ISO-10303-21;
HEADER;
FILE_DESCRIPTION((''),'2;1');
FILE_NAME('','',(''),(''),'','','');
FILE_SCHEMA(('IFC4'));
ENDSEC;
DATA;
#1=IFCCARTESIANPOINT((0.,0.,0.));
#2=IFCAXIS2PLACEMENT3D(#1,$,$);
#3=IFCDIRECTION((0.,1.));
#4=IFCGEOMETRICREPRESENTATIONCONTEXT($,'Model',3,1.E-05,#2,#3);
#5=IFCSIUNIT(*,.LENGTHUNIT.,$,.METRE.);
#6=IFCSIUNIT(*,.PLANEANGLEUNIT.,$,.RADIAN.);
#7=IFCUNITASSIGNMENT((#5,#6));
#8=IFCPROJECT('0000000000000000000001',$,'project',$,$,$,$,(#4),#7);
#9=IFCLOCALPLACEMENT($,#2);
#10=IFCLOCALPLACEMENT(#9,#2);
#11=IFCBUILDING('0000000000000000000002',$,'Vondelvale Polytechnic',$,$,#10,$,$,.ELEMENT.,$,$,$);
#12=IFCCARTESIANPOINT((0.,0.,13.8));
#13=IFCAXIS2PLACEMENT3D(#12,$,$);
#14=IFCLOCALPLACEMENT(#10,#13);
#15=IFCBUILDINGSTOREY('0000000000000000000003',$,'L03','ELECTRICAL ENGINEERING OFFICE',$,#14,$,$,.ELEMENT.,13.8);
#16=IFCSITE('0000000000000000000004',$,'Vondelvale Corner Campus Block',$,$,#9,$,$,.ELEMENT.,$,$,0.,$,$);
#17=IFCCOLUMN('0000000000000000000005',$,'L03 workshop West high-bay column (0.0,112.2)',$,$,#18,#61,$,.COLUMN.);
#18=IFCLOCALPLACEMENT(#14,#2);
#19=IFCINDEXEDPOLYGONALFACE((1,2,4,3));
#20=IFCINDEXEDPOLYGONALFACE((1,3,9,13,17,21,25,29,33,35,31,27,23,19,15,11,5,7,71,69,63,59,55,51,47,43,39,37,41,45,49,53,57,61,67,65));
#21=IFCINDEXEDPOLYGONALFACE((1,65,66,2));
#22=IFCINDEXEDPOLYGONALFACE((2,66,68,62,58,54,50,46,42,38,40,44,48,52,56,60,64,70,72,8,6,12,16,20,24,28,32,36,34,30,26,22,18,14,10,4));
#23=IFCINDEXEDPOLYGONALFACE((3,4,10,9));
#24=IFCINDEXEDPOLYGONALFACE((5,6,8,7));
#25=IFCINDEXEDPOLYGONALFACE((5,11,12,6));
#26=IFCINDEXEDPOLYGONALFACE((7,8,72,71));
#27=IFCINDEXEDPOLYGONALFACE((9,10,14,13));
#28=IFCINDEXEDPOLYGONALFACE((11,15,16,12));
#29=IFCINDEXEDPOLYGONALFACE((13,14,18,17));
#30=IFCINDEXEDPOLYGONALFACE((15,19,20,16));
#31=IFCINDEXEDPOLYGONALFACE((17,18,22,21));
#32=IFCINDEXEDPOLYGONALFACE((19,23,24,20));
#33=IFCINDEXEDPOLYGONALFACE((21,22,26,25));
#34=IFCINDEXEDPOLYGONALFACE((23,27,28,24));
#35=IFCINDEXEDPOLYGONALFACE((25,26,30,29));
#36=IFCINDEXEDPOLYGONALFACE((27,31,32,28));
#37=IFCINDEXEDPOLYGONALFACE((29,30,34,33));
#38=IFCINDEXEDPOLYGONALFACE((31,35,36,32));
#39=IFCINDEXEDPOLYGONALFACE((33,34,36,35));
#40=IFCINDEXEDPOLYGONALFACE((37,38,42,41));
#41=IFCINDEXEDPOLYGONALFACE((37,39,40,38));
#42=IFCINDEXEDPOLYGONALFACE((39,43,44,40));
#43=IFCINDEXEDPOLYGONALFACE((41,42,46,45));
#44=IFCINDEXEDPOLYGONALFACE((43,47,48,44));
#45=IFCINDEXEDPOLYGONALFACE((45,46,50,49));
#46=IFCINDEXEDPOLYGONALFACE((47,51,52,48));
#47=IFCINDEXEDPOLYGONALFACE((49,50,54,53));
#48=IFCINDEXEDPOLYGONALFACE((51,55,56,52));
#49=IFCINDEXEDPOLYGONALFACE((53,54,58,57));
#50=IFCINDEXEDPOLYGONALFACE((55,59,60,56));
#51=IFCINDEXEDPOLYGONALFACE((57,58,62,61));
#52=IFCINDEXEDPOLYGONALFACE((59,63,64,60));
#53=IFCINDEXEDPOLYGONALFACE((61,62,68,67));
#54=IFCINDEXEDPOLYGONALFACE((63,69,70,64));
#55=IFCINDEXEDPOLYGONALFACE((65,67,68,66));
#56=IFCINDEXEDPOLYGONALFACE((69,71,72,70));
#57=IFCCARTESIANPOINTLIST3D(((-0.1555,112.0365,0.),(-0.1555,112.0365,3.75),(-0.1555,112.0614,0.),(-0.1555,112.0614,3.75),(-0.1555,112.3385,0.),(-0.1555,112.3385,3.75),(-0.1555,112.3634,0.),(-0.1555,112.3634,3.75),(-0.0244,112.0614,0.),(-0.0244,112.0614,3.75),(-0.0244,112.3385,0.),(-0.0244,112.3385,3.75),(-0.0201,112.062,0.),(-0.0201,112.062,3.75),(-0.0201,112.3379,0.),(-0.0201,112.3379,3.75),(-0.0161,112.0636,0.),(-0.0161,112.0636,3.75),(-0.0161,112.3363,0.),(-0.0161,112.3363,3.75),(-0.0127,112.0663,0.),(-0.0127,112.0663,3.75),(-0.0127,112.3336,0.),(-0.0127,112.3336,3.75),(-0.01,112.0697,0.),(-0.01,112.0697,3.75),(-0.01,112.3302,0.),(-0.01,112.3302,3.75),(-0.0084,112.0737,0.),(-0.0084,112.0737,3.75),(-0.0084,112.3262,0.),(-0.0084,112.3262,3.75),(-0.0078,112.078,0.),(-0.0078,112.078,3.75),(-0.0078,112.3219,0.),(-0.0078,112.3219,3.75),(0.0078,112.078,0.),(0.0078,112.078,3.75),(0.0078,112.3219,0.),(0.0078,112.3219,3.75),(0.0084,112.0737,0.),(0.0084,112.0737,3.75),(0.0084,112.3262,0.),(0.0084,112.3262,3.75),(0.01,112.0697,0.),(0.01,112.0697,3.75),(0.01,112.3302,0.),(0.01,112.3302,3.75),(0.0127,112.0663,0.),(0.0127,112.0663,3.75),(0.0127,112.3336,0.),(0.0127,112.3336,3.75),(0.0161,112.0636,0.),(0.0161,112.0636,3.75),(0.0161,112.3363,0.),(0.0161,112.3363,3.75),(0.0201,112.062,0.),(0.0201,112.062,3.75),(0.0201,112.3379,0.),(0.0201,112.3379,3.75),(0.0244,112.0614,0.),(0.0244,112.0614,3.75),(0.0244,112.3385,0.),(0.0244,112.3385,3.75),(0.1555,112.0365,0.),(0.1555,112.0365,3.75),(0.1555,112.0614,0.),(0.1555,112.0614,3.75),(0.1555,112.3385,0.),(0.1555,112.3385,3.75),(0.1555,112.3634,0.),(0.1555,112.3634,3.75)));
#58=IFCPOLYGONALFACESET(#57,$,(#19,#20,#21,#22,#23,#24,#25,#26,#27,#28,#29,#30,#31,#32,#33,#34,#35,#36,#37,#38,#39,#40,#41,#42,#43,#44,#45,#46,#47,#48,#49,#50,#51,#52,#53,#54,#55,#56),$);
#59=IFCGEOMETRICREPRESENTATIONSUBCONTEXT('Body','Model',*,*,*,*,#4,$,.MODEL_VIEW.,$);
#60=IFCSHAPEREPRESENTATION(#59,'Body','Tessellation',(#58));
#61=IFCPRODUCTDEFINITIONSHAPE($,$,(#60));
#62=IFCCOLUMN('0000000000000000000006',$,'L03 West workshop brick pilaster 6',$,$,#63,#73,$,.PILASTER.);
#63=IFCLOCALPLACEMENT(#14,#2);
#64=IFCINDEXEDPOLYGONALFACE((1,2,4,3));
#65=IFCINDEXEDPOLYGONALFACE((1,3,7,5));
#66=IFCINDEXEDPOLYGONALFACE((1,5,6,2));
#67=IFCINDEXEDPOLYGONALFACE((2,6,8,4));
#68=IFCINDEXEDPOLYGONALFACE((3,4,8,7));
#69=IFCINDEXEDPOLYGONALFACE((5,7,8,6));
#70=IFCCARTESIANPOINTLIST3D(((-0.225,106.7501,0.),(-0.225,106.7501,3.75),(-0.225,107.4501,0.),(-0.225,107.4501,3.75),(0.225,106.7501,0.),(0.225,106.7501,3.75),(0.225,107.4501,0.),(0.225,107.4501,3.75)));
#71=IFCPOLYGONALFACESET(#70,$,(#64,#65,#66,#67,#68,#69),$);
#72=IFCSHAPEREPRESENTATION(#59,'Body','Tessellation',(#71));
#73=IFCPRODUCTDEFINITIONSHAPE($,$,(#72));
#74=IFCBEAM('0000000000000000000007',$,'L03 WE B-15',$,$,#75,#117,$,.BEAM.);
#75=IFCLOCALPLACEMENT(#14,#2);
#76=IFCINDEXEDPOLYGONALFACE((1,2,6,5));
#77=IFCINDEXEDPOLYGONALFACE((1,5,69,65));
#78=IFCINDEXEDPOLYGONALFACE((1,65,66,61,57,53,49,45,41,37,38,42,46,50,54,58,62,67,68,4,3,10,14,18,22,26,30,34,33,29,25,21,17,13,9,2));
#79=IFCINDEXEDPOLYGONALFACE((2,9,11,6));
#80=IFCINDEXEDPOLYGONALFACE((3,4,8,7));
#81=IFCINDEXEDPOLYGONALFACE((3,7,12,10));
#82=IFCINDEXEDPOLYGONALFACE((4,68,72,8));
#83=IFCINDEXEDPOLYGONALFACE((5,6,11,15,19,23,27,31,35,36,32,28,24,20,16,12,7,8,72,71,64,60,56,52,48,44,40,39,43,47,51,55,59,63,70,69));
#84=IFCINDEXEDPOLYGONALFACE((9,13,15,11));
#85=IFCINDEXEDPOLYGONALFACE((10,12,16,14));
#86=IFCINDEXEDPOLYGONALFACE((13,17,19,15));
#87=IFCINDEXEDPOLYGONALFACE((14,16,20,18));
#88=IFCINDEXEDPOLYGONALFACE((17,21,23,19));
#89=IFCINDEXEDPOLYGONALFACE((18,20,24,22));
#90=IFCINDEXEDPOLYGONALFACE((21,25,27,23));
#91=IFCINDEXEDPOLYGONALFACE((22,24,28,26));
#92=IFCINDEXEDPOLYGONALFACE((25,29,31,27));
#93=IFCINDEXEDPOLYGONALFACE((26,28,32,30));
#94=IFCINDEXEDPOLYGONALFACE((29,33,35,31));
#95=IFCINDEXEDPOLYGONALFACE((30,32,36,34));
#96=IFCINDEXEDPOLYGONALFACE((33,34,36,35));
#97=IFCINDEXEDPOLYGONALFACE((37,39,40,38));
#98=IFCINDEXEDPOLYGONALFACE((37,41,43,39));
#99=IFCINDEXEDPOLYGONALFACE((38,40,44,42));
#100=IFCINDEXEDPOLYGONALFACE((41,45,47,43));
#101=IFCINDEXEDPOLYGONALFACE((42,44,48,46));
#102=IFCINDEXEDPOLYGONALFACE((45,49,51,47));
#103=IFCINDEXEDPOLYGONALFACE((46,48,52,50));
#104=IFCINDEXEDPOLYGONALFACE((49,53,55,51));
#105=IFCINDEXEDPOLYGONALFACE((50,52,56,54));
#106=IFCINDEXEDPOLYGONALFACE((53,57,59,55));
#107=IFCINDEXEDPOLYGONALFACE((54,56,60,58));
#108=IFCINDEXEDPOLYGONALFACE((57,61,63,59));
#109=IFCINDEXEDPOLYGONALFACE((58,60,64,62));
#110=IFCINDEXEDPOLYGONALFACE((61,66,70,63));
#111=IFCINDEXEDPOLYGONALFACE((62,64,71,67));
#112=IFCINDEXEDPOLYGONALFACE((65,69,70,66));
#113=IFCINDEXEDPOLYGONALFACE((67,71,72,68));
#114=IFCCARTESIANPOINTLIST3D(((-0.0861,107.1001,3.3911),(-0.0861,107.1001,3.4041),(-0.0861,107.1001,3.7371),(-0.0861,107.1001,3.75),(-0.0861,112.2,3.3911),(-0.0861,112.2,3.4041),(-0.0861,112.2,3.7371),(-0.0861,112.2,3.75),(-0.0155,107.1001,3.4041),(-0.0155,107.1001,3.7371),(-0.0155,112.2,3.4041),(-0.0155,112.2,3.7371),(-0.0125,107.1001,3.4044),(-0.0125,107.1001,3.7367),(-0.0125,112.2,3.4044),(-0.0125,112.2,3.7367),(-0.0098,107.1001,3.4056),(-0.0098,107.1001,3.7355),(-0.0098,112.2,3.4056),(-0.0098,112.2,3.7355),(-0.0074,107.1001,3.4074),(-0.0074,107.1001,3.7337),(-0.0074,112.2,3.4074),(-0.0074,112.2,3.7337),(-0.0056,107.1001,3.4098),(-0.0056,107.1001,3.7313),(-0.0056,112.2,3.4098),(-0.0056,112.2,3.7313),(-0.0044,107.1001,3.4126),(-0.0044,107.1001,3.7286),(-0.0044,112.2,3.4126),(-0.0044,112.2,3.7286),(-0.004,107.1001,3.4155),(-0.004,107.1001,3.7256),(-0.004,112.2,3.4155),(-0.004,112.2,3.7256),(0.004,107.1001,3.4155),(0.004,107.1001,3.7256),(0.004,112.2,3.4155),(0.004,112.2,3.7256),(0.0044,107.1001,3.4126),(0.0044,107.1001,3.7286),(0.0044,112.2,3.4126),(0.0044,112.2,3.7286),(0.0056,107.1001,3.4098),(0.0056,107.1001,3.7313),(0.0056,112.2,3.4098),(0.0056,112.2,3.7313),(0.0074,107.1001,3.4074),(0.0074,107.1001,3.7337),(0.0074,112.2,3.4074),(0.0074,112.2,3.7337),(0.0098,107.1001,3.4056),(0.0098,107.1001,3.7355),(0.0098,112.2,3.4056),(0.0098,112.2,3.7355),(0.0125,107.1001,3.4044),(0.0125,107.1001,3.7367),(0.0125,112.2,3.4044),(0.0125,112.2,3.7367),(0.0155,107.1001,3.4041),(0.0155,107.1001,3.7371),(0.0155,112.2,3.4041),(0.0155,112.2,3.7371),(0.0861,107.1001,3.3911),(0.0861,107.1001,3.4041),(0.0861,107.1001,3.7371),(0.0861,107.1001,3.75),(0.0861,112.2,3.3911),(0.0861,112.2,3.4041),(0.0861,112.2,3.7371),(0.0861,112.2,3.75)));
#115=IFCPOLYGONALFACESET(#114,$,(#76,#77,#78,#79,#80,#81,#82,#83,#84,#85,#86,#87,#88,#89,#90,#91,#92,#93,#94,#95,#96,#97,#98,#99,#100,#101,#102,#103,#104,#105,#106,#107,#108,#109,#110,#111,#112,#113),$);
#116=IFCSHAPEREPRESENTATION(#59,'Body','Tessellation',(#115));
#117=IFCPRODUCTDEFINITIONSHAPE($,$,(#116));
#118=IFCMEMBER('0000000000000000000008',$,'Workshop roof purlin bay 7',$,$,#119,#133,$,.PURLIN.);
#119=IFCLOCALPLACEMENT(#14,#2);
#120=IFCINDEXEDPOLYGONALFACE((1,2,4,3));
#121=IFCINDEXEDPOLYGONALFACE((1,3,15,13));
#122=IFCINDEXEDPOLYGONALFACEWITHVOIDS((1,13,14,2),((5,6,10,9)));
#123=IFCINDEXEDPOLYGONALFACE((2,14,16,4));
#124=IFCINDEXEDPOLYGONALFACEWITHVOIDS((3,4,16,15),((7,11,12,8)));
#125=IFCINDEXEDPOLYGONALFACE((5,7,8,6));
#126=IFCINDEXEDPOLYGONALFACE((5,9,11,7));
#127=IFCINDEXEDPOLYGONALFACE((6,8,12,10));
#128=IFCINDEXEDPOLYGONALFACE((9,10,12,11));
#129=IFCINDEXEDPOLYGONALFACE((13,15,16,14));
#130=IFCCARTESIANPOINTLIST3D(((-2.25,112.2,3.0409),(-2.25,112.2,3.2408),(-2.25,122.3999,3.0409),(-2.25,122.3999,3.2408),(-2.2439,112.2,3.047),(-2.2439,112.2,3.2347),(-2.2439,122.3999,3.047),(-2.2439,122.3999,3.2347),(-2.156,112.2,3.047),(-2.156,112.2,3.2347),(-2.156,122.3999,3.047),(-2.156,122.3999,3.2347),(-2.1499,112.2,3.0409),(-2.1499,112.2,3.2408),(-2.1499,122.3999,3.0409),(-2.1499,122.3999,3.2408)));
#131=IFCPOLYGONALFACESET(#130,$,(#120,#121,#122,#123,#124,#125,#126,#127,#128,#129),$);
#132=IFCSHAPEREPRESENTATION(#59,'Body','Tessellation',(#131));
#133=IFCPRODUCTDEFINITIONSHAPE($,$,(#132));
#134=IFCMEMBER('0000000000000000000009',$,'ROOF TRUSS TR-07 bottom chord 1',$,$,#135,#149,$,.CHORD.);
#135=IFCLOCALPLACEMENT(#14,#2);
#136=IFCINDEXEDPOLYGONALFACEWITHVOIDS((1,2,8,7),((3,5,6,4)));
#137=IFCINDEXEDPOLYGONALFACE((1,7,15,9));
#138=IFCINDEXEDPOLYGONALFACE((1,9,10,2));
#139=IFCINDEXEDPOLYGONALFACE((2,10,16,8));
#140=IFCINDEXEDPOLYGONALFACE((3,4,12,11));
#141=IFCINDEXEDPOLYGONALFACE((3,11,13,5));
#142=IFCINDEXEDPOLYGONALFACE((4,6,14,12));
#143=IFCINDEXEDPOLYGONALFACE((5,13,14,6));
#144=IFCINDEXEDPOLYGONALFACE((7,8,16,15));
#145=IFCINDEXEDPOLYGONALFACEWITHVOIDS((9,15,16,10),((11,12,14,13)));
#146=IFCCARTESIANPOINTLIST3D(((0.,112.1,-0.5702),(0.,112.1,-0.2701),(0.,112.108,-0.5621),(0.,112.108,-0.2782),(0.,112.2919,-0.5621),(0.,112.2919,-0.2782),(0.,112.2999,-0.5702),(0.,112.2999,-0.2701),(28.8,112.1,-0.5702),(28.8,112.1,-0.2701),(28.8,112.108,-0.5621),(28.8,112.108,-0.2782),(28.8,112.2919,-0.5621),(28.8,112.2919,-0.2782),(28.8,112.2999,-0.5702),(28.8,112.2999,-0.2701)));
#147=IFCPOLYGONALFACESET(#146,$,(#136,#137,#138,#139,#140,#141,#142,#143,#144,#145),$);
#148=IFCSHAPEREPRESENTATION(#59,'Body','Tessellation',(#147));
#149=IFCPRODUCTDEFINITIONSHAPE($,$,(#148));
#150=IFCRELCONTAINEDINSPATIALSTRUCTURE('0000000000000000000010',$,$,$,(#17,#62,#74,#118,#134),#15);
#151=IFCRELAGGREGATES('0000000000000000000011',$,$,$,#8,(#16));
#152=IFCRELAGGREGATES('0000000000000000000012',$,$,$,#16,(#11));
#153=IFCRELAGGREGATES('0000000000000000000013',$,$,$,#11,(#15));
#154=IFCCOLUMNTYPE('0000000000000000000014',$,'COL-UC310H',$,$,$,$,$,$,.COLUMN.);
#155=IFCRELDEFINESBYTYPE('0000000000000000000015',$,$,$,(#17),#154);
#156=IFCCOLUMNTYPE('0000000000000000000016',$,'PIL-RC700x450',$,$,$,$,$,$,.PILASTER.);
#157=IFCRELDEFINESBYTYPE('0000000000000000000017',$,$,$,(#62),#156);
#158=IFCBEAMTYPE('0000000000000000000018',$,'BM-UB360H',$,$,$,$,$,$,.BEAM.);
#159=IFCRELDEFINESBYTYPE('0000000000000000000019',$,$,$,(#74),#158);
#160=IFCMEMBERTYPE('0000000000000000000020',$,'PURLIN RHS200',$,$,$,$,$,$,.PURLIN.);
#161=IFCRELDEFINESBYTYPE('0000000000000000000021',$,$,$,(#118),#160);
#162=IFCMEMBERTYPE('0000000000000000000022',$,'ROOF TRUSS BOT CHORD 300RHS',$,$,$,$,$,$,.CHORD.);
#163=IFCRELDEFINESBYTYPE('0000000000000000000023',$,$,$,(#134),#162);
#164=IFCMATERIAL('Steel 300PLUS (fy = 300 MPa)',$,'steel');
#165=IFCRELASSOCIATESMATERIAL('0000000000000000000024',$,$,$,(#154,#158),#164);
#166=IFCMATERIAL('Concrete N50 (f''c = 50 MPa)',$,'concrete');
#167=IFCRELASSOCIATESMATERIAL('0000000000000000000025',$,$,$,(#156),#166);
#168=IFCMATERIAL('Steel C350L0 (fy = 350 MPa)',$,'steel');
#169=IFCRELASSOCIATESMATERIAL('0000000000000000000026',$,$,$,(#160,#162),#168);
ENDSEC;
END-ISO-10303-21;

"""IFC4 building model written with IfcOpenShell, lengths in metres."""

from ifc_helpers import new_model, si_unit, direction, frame, origin, origin_2d, place, context, subcontext, project, spatial, rectangle, hollow_rectangle, i_section, extrude, material, material_profile, profile_set, type_object, element, save


model = new_model("IFC4")

# Units and contexts
model_context = context("Model", 3, precision=1e-05, world=origin(), true_north=direction((0.0, 1.0)))
body_context = subcontext(model_context, "Body", "Model", "MODEL_VIEW")
ifc_project = project(units=[si_unit("LENGTHUNIT", "METRE"), si_unit("PLANEANGLEUNIT", "RADIAN")], contexts=[model_context])

# Site, building, storey
site_placement = place(None, origin())
site = spatial("IfcSite", under=ifc_project, at=site_placement, Name="Vondelvale Corner Campus Block", CompositionType="ELEMENT", RefElevation=0.0)
building_placement = place(site_placement, origin())
building = spatial("IfcBuilding", under=site, at=building_placement, Name="Vondelvale Polytechnic", CompositionType="ELEMENT")
storey_placement = place(building_placement, frame((0.0, 0.0, 13.8)))
storey = spatial("IfcBuildingStorey", under=building, at=storey_placement, Name="L03", Description="ELECTRICAL ENGINEERING OFFICE", CompositionType="ELEMENT", Elevation=13.8)

# Columns
ifc_material_1 = material(Name="Steel 300PLUS (fy = 300 MPa)", Category="steel")
ifc_material_profile_1 = material_profile(ifc_material_1, i_section(OverallWidth=0.311, OverallDepth=0.3269, WebThickness=0.0156, FlangeThickness=0.0249, FilletRadius=0.0166, at=origin_2d()), Name="310UC158")
ifc_profile_set_1 = profile_set([ifc_material_profile_1], Name="Steel 300PLUS (fy = 300 MPa)")
column_type_1 = type_object("IfcColumnType", Name="COL-UC310H", PredefinedType="COLUMN", material=ifc_profile_set_1)
column_1_placement = place(storey_placement, frame((0.0, 112.2, 0.0), z_axis=(0.0, 0.0, 1.0), x_axis=(1.0, 0.0, 0.0)))
element("IfcColumn", 1, at=column_1_placement, inside=storey, type_object=column_type_1, Name="L03 workshop West high-bay column (0.0,112.2)", PredefinedType="COLUMN", context=body_context, shape_type="SweptSolid", body=[
    extrude(i_section(OverallWidth=0.311, OverallDepth=0.3269, WebThickness=0.0156, FlangeThickness=0.0249, FilletRadius=0.0166, at=origin_2d()), origin(), (0.0, 0.0, 1.0), 3.75),
])
ifc_material_2 = material(Name="Concrete N50 (f'c = 50 MPa)", Category="concrete")
ifc_material_profile_2 = material_profile(ifc_material_2, rectangle(XDim=0.45, YDim=0.7, at=origin_2d()), Name="RC-PIL-700x450")
ifc_profile_set_2 = profile_set([ifc_material_profile_2], Name="Concrete N50 (f'c = 50 MPa)")
column_type_2 = type_object("IfcColumnType", Name="PIL-RC700x450", PredefinedType="PILASTER", material=ifc_profile_set_2)
column_2_placement = place(storey_placement, frame((0.0, 107.1001, 0.0), z_axis=(0.0, 0.0, 1.0), x_axis=(1.0, 0.0, 0.0)))
element("IfcColumn", 2, at=column_2_placement, inside=storey, type_object=column_type_2, Name="L03 West workshop brick pilaster 6", PredefinedType="PILASTER", context=body_context, shape_type="SweptSolid", body=[
    extrude(rectangle(XDim=0.45, YDim=0.7, at=origin_2d()), origin(), (0.0, 0.0, 1.0), 3.75),
])

# Beam
ifc_material_profile_3 = material_profile(ifc_material_1, i_section(OverallWidth=0.1721, OverallDepth=0.3589, WebThickness=0.0081, FlangeThickness=0.0129, FilletRadius=0.0115, at=origin_2d()), Name="360UB56.7")
ifc_profile_set_3 = profile_set([ifc_material_profile_3], Name="Steel 300PLUS (fy = 300 MPa)")
beam_type = type_object("IfcBeamType", Name="BM-UB360H", PredefinedType="BEAM", material=ifc_profile_set_3)
beam_placement = place(storey_placement, frame((0.0, 107.1001, 3.5706), z_axis=(0.0, 1.0, 0.0), x_axis=(-1.0, 0.0, 0.0)))
element("IfcBeam", 3, at=beam_placement, inside=storey, type_object=beam_type, Name="L03 WE B-15", PredefinedType="BEAM", context=body_context, shape_type="SweptSolid", body=[
    extrude(i_section(OverallWidth=0.1721, OverallDepth=0.3589, WebThickness=0.0081, FlangeThickness=0.0129, FilletRadius=0.0115, at=origin_2d()), origin(), (0.0, 0.0, 1.0), 5.0999),
])

# Members
ifc_material_3 = material(Name="Steel C350L0 (fy = 350 MPa)", Category="steel")
ifc_material_profile_4 = material_profile(ifc_material_3, hollow_rectangle(XDim=0.1001, YDim=0.2, WallThickness=0.0061, at=origin_2d()), Name="200x100x6.0RHS")
ifc_profile_set_4 = profile_set([ifc_material_profile_4], Name="Steel C350L0 (fy = 350 MPa)")
member_type_1 = type_object("IfcMemberType", Name="PURLIN RHS200", PredefinedType="PURLIN", material=ifc_profile_set_4)
member_1_placement = place(storey_placement, frame((-2.2, 112.2, 3.1409), z_axis=(0.0, 1.0, 0.0), x_axis=(-1.0, 0.0, 0.0)))
element("IfcMember", 4, at=member_1_placement, inside=storey, type_object=member_type_1, Name="Workshop roof purlin bay 7", PredefinedType="PURLIN", context=body_context, shape_type="SweptSolid", body=[
    extrude(hollow_rectangle(XDim=0.1001, YDim=0.2, WallThickness=0.0061, at=origin_2d()), origin(), (0.0, 0.0, 1.0), 10.2),
])
ifc_material_profile_5 = material_profile(ifc_material_3, hollow_rectangle(XDim=0.2, YDim=0.3, WallThickness=0.0081, at=origin_2d()), Name="300x200x8.0RHS")
ifc_profile_set_5 = profile_set([ifc_material_profile_5], Name="Steel C350L0 (fy = 350 MPa)")
member_type_2 = type_object("IfcMemberType", Name="ROOF TRUSS BOT CHORD 300RHS", PredefinedType="CHORD", material=ifc_profile_set_5)
member_2_placement = place(storey_placement, frame((0.0, 112.2, -0.4202), z_axis=(1.0, 0.0, 0.0), x_axis=(0.0, 1.0, 0.0)))
element("IfcMember", 5, at=member_2_placement, inside=storey, type_object=member_type_2, Name="ROOF TRUSS TR-07 bottom chord 1", PredefinedType="CHORD", context=body_context, shape_type="SweptSolid", body=[
    extrude(hollow_rectangle(XDim=0.2, YDim=0.3, WallThickness=0.0081, at=origin_2d()), origin(), (0.0, 0.0, 1.0), 28.8),
])

save(model, "model.ifc")
